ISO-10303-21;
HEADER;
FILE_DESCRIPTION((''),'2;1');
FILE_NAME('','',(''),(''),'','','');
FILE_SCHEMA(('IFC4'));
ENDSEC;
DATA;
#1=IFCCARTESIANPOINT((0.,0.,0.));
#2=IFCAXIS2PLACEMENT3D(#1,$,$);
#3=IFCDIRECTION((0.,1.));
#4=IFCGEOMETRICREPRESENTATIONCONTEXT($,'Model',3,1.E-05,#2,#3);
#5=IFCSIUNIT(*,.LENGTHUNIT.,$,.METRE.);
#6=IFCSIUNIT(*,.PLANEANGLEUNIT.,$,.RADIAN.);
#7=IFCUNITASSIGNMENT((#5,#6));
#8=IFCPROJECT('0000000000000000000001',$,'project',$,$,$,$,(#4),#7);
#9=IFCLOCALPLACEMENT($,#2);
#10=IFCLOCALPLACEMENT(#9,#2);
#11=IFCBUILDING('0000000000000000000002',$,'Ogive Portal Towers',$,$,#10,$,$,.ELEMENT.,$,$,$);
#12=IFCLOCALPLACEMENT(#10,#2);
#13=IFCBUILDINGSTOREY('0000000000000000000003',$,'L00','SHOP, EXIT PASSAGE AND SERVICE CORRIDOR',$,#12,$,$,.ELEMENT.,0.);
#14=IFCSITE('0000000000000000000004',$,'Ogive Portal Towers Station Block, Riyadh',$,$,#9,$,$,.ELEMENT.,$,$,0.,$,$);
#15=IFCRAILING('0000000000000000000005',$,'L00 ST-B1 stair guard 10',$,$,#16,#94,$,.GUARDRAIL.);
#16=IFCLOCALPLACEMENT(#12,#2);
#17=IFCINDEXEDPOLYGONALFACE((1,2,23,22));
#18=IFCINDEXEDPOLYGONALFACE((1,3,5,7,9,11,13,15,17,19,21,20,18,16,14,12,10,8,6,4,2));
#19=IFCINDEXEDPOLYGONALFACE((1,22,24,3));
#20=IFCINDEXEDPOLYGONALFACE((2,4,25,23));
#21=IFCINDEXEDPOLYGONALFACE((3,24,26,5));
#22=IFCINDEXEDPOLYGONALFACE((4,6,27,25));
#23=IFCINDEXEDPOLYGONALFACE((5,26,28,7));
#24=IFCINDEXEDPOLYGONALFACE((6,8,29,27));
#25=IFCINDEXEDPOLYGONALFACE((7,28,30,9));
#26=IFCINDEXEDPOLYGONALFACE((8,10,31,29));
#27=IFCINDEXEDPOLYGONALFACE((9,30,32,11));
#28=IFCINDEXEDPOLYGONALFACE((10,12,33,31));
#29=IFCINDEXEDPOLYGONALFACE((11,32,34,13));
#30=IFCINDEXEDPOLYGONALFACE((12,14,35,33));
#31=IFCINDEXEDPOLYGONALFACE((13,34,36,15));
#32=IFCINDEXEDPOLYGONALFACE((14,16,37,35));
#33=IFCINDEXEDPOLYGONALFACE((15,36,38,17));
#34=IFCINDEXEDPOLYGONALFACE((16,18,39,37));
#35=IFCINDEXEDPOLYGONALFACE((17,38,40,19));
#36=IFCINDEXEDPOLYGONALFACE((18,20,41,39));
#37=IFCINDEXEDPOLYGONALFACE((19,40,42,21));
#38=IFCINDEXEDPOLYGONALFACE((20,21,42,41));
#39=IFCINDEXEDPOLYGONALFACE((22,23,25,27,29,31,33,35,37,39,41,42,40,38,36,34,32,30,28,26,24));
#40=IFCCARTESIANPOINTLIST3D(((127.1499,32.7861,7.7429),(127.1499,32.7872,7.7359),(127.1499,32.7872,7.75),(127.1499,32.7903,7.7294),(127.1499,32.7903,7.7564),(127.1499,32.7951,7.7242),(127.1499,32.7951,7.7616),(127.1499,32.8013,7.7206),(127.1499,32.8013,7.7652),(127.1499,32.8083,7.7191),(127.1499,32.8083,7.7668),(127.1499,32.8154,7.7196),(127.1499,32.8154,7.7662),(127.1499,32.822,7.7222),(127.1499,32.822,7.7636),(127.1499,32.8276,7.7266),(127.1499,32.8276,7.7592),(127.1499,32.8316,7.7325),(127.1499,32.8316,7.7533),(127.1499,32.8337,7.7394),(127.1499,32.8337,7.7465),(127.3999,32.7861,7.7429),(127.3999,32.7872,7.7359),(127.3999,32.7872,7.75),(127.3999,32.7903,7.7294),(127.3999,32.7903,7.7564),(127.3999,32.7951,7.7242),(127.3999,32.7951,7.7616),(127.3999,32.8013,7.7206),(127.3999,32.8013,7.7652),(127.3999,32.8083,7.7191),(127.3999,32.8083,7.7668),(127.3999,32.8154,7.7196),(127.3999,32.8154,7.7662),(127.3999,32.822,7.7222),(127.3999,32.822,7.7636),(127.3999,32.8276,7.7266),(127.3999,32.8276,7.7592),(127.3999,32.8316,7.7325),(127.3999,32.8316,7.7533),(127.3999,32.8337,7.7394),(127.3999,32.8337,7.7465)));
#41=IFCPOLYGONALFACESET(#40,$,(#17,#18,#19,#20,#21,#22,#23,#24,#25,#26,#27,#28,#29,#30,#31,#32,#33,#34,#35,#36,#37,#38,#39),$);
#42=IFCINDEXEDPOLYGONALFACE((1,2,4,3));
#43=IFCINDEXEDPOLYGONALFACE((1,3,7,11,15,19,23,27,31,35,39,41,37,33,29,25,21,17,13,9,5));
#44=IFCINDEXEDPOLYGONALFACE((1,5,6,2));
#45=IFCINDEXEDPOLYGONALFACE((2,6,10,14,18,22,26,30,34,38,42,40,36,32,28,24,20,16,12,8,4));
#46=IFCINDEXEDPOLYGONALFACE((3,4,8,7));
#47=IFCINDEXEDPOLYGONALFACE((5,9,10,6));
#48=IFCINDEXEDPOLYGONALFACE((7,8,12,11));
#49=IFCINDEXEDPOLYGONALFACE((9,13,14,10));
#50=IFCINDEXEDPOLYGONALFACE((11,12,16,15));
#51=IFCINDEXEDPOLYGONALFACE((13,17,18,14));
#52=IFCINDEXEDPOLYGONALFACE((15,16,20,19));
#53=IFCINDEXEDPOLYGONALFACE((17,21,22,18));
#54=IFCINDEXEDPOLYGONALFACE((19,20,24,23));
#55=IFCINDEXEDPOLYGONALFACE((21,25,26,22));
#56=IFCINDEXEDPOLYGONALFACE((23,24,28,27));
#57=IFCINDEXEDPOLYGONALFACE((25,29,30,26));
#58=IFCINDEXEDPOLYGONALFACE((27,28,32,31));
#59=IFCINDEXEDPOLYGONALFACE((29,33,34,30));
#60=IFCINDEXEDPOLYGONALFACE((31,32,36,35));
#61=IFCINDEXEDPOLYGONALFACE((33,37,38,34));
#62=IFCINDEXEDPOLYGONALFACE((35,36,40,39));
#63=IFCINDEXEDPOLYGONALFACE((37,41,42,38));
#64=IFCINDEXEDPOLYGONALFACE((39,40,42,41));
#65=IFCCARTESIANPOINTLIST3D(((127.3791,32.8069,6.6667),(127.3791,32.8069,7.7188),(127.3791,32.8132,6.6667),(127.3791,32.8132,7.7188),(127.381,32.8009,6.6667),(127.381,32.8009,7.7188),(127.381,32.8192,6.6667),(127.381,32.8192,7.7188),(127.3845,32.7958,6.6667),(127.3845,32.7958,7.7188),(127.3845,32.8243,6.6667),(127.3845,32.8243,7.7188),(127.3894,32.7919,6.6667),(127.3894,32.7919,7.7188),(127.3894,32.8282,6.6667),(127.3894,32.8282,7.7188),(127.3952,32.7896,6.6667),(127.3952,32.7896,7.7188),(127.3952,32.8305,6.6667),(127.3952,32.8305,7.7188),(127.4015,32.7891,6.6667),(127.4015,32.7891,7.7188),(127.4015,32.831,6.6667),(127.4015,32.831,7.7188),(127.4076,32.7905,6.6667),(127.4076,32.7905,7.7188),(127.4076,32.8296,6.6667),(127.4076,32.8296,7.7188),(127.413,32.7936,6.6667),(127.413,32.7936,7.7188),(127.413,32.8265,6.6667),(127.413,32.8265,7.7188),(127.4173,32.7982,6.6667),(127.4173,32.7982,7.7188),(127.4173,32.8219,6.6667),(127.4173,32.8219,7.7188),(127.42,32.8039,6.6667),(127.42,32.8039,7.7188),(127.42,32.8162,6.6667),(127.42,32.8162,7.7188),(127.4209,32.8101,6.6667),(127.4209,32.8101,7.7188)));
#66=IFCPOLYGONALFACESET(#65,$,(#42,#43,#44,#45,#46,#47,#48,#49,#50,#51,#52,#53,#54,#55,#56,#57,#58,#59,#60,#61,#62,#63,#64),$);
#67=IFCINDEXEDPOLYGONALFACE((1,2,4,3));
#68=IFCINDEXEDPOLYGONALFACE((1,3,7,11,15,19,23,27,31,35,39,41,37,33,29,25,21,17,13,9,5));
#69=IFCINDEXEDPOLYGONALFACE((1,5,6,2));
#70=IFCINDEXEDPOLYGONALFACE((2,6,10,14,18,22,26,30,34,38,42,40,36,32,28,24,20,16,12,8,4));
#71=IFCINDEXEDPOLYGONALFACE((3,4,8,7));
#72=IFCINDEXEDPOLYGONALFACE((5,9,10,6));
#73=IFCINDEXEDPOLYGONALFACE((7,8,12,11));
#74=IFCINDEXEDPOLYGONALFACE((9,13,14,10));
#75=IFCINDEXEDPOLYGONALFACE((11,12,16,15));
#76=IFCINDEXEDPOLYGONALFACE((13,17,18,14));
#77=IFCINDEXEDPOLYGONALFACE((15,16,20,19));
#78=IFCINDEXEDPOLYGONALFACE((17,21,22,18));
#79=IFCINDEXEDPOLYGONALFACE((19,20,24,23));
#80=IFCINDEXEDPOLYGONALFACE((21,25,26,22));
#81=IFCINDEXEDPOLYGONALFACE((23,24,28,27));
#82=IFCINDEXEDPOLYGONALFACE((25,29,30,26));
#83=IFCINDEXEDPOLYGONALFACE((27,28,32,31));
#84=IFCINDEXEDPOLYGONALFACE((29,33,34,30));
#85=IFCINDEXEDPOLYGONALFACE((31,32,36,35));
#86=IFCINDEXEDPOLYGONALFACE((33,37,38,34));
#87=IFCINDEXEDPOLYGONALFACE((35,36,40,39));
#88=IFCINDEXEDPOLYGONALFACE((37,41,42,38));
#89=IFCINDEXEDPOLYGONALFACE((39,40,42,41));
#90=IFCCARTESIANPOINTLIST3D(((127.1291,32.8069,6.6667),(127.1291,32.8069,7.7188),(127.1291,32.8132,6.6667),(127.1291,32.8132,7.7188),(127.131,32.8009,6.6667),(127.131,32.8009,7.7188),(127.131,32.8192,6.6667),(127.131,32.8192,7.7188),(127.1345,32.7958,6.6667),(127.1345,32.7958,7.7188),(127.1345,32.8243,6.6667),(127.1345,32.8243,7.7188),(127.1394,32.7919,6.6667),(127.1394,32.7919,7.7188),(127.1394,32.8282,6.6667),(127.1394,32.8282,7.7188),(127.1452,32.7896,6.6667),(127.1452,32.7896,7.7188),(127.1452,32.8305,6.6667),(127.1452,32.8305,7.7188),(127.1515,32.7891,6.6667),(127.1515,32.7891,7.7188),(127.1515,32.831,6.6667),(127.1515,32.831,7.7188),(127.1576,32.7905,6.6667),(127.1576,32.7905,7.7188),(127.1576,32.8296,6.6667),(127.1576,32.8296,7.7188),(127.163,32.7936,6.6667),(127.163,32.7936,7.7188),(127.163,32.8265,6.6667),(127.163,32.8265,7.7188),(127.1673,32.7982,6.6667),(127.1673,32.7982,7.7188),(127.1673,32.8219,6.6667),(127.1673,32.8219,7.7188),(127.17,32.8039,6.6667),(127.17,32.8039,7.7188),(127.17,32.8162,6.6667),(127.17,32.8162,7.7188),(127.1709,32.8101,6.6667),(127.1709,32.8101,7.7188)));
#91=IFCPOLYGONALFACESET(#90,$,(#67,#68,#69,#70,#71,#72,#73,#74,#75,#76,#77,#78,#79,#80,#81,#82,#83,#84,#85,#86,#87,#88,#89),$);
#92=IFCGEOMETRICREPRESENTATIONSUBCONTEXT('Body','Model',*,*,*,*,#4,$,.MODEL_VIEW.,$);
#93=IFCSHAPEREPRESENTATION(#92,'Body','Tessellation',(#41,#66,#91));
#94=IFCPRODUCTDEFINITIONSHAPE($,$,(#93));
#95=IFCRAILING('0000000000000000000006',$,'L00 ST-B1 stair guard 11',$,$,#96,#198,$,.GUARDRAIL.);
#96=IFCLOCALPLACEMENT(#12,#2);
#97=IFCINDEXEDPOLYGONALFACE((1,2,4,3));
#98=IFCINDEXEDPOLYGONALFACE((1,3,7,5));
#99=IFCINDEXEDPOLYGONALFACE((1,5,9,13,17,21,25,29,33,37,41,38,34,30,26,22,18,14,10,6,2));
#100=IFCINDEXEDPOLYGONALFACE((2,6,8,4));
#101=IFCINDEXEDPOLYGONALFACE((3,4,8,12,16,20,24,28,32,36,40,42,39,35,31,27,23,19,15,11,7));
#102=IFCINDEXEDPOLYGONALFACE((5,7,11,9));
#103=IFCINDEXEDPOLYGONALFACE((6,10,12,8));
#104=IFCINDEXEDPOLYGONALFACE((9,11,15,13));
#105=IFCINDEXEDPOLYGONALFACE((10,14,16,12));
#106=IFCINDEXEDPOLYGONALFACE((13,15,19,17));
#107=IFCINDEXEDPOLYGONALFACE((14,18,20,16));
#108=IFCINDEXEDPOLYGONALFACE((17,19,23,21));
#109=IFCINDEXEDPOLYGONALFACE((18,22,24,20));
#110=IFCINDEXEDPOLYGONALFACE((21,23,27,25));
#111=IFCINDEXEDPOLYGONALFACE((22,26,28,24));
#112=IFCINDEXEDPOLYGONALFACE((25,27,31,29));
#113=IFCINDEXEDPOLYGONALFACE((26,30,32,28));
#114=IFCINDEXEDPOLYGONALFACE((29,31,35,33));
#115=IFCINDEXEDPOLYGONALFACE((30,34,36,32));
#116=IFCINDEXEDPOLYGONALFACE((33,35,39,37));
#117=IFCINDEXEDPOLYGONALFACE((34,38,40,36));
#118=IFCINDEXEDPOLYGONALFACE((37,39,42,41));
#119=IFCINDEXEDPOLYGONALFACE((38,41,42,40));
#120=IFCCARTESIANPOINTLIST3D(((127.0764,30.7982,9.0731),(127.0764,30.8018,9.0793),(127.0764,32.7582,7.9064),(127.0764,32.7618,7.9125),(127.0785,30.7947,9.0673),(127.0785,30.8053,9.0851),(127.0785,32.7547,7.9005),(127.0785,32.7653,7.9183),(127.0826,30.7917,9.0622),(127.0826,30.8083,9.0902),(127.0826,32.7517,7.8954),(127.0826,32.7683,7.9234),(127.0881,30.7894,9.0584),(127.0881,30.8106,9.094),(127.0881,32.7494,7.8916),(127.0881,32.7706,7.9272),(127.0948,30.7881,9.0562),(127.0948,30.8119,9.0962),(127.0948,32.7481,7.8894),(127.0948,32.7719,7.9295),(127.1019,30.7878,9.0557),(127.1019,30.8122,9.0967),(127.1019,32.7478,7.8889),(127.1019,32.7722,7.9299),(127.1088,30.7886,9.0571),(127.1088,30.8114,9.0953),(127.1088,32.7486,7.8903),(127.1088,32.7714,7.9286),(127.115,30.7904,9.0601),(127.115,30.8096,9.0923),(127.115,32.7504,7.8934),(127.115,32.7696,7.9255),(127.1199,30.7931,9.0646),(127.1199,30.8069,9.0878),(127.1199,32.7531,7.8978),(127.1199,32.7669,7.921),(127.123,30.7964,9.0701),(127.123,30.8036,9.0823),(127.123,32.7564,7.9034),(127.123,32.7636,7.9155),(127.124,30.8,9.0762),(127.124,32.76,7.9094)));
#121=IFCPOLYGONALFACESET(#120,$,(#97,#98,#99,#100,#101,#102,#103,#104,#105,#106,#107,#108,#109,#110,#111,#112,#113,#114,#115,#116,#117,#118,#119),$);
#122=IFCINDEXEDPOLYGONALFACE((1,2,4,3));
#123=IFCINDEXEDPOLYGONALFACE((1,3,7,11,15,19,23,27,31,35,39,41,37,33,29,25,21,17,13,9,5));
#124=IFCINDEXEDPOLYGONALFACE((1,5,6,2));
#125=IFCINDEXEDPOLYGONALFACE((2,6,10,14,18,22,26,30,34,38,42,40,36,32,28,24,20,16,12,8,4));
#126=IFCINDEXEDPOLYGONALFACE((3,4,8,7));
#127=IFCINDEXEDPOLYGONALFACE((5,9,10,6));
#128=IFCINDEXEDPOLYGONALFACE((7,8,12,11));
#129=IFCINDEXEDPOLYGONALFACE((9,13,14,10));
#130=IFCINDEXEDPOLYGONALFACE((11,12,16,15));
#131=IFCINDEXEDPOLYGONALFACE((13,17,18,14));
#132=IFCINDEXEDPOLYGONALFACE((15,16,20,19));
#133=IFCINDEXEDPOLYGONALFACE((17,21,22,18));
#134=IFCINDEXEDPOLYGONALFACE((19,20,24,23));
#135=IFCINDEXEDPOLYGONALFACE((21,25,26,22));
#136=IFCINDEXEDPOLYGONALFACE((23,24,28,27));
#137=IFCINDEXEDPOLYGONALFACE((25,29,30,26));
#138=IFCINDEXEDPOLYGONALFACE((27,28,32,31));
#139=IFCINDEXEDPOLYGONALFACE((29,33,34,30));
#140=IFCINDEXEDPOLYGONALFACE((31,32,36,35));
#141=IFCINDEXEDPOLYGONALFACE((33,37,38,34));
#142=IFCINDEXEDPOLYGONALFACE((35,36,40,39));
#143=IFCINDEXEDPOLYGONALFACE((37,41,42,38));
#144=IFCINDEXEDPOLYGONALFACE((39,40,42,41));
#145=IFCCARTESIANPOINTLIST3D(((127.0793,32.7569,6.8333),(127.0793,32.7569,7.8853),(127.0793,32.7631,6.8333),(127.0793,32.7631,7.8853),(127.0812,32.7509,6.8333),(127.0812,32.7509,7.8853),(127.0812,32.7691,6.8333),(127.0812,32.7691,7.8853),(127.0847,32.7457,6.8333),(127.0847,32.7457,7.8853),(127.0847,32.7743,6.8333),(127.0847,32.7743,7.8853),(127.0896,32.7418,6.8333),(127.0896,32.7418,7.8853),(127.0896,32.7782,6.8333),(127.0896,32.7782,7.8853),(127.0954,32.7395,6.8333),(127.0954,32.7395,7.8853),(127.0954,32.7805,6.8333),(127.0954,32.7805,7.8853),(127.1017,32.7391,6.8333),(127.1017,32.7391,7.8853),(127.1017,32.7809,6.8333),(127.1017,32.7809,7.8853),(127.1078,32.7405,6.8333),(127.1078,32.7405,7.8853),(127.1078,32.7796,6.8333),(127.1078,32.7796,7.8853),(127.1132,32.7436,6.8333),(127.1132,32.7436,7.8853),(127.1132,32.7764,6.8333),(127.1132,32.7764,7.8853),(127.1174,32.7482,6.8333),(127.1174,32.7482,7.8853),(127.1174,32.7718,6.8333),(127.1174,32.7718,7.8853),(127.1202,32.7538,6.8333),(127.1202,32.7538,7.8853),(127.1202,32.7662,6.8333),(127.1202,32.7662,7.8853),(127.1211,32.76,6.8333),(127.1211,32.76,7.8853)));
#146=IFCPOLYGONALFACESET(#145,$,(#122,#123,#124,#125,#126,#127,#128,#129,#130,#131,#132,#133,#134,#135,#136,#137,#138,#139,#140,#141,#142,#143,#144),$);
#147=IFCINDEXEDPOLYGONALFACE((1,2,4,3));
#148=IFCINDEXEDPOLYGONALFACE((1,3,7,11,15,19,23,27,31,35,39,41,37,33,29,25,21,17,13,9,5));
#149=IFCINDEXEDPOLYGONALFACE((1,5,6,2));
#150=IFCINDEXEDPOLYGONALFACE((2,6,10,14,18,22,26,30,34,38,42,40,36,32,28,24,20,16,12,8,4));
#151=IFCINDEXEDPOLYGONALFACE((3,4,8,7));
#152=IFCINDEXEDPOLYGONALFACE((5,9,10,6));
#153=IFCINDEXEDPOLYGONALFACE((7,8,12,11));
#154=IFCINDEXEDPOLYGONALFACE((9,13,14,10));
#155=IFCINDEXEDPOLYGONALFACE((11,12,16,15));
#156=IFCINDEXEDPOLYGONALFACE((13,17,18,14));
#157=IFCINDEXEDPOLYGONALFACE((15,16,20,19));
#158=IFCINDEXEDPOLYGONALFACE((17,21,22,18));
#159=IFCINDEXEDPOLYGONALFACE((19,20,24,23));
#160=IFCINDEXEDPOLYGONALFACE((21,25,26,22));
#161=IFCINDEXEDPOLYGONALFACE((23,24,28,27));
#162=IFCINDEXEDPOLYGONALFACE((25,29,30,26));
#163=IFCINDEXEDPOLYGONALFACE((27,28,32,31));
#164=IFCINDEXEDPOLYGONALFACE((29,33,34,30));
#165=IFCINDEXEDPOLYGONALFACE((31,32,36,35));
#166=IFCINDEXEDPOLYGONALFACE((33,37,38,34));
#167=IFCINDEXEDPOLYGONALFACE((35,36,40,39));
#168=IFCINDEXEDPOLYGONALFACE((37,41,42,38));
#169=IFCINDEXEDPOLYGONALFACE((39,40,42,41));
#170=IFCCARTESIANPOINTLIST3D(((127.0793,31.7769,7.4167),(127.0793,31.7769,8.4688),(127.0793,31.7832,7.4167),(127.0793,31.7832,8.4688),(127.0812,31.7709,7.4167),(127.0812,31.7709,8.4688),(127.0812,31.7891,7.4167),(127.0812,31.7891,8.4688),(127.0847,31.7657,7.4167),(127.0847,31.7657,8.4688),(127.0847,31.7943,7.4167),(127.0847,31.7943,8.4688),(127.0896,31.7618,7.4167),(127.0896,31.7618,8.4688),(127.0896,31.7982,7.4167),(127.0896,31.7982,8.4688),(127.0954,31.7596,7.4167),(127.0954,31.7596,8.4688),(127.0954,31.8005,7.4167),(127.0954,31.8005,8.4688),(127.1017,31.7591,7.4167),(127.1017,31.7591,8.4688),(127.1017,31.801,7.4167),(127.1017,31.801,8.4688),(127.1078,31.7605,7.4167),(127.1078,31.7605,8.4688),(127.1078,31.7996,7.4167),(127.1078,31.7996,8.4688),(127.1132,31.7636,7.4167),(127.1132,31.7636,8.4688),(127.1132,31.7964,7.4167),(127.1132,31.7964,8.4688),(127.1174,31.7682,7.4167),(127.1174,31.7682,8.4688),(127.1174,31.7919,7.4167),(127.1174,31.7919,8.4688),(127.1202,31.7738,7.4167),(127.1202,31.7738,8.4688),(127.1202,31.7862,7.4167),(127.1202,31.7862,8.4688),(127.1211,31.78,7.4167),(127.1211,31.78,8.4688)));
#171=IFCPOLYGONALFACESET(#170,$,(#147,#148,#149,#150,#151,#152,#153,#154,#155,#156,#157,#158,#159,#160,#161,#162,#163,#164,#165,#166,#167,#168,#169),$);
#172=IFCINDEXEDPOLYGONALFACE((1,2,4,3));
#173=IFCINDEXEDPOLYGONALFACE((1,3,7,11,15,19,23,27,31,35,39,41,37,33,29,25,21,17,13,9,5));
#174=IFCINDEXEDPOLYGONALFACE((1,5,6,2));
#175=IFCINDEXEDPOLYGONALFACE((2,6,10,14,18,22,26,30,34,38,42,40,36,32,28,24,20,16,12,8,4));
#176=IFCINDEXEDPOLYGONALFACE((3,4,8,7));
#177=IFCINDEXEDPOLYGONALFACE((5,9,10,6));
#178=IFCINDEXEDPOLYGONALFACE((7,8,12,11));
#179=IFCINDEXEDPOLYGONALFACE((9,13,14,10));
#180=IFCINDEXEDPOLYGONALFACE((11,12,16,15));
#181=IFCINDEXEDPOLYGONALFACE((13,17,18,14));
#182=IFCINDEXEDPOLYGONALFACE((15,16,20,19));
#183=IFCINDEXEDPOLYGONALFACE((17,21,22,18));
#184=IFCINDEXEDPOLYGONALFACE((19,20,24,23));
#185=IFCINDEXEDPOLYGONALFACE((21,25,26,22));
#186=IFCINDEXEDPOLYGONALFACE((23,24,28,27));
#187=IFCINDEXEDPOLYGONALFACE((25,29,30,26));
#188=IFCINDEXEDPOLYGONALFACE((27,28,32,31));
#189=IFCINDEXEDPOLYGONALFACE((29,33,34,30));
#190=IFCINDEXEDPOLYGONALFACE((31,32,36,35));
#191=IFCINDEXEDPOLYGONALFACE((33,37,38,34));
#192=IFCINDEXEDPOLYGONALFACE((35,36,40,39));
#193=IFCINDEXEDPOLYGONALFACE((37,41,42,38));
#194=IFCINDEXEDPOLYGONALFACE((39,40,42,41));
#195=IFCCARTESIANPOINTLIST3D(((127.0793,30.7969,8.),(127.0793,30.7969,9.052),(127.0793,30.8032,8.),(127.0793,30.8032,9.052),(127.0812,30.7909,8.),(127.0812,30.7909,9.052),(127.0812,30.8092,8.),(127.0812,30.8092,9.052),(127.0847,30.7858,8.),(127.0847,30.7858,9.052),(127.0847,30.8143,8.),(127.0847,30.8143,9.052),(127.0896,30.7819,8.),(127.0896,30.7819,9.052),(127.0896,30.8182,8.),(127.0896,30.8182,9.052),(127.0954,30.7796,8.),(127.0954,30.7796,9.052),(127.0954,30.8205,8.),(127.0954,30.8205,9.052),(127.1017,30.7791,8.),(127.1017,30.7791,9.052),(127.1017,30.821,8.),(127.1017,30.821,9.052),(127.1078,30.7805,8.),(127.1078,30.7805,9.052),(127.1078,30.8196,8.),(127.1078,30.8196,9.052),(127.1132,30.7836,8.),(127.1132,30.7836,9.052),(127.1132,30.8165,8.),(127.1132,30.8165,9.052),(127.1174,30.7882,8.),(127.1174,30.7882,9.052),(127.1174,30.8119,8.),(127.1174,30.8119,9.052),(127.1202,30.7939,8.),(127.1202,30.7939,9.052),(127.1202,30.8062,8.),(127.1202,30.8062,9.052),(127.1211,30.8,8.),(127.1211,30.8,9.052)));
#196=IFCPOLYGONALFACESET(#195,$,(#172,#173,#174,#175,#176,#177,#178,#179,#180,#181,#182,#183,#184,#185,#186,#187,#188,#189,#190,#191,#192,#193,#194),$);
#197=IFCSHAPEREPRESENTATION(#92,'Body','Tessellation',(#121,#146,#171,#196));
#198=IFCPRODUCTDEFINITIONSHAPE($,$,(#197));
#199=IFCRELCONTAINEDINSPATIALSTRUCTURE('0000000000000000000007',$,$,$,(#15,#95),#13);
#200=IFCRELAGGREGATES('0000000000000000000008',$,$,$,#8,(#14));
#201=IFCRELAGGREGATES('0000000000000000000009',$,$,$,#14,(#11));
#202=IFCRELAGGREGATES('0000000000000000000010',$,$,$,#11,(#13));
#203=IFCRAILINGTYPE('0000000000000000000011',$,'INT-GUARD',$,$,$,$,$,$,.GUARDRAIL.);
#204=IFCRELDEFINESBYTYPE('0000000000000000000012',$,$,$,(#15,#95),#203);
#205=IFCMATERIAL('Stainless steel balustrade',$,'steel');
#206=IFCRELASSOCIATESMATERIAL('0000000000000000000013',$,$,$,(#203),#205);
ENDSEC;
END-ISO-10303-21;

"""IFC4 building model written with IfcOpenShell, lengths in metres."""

from ifc_helpers import new_model, si_unit, direction, frame, origin, origin_2d, place, context, subcontext, project, spatial, circle, extrude, material, type_object, element, save


model = new_model("IFC4")

# Units and contexts
model_context = context("Model", 3, precision=1e-05, world=origin(), true_north=direction((0.0, 1.0)))
body_context = subcontext(model_context, "Body", "Model", "MODEL_VIEW")
ifc_project = project(units=[si_unit("LENGTHUNIT", "METRE"), si_unit("PLANEANGLEUNIT", "RADIAN")], contexts=[model_context])

# Site, building, storey
site_placement = place(None, origin())
site = spatial("IfcSite", under=ifc_project, at=site_placement, Name="Ogive Portal Towers Station Block, Riyadh", CompositionType="ELEMENT", RefElevation=0.0)
building_placement = place(site_placement, origin())
building = spatial("IfcBuilding", under=site, at=building_placement, Name="Ogive Portal Towers", CompositionType="ELEMENT")
storey_placement = place(building_placement, origin())
storey = spatial("IfcBuildingStorey", under=building, at=storey_placement, Name="L00", Description="SHOP, EXIT PASSAGE AND SERVICE CORRIDOR", CompositionType="ELEMENT", Elevation=0.0)

# Railings
ifc_material_1 = material(Name="Stainless steel balustrade", Category="steel")
railing_type_1 = type_object("IfcRailingType", Name="INT-GUARD", PredefinedType="GUARDRAIL", material=ifc_material_1)
railing_1_placement = place(storey_placement, frame((127.3999, 32.8101, 6.6667)))
element("IfcRailing", 1, at=railing_1_placement, inside=storey, type_object=railing_type_1, Name="L00 ST-B1 stair guard 10", PredefinedType="GUARDRAIL", context=body_context, shape_type="SweptSolid", body=[
    extrude(circle(Radius=0.0239, at=origin_2d()), frame((0.0, 0.0, 1.0762), z_axis=(-1.0, 0.0, 0.0), x_axis=(0.0, -1.0, 0.0)), (0.0, 0.0, 1.0), 0.25),
    extrude(circle(Radius=0.021, at=origin_2d()), origin(), (0.0, 0.0, 1.0), 1.052),
    extrude(circle(Radius=0.021, at=origin_2d()), frame((-0.25, 0.0, 0.0)), (0.0, 0.0, 1.0), 1.052),
])
railing_2_placement = place(storey_placement, frame((127.1001, 32.76, 6.8333)))
element("IfcRailing", 2, at=railing_2_placement, inside=storey, type_object=railing_type_1, Name="L00 ST-B1 stair guard 11", PredefinedType="GUARDRAIL", context=body_context, shape_type="SweptSolid", body=[
    extrude(circle(Radius=0.0239, at=origin_2d()), frame((0.0, 0.0, 1.0762), z_axis=(0.0, -0.859273, 0.511518), x_axis=(1.0, 0.0, 0.0)), (0.0, 0.0, 1.0), 2.281),
    extrude(circle(Radius=0.021, at=origin_2d()), origin(), (0.0, 0.0, 1.0), 1.052),
    extrude(circle(Radius=0.021, at=origin_2d()), frame((0.0, -0.98, 0.5835)), (0.0, 0.0, 1.0), 1.052),
    extrude(circle(Radius=0.021, at=origin_2d()), frame((0.0, -1.96, 1.1667)), (0.0, 0.0, 1.0), 1.052),
])

save(model, "model.ifc")
